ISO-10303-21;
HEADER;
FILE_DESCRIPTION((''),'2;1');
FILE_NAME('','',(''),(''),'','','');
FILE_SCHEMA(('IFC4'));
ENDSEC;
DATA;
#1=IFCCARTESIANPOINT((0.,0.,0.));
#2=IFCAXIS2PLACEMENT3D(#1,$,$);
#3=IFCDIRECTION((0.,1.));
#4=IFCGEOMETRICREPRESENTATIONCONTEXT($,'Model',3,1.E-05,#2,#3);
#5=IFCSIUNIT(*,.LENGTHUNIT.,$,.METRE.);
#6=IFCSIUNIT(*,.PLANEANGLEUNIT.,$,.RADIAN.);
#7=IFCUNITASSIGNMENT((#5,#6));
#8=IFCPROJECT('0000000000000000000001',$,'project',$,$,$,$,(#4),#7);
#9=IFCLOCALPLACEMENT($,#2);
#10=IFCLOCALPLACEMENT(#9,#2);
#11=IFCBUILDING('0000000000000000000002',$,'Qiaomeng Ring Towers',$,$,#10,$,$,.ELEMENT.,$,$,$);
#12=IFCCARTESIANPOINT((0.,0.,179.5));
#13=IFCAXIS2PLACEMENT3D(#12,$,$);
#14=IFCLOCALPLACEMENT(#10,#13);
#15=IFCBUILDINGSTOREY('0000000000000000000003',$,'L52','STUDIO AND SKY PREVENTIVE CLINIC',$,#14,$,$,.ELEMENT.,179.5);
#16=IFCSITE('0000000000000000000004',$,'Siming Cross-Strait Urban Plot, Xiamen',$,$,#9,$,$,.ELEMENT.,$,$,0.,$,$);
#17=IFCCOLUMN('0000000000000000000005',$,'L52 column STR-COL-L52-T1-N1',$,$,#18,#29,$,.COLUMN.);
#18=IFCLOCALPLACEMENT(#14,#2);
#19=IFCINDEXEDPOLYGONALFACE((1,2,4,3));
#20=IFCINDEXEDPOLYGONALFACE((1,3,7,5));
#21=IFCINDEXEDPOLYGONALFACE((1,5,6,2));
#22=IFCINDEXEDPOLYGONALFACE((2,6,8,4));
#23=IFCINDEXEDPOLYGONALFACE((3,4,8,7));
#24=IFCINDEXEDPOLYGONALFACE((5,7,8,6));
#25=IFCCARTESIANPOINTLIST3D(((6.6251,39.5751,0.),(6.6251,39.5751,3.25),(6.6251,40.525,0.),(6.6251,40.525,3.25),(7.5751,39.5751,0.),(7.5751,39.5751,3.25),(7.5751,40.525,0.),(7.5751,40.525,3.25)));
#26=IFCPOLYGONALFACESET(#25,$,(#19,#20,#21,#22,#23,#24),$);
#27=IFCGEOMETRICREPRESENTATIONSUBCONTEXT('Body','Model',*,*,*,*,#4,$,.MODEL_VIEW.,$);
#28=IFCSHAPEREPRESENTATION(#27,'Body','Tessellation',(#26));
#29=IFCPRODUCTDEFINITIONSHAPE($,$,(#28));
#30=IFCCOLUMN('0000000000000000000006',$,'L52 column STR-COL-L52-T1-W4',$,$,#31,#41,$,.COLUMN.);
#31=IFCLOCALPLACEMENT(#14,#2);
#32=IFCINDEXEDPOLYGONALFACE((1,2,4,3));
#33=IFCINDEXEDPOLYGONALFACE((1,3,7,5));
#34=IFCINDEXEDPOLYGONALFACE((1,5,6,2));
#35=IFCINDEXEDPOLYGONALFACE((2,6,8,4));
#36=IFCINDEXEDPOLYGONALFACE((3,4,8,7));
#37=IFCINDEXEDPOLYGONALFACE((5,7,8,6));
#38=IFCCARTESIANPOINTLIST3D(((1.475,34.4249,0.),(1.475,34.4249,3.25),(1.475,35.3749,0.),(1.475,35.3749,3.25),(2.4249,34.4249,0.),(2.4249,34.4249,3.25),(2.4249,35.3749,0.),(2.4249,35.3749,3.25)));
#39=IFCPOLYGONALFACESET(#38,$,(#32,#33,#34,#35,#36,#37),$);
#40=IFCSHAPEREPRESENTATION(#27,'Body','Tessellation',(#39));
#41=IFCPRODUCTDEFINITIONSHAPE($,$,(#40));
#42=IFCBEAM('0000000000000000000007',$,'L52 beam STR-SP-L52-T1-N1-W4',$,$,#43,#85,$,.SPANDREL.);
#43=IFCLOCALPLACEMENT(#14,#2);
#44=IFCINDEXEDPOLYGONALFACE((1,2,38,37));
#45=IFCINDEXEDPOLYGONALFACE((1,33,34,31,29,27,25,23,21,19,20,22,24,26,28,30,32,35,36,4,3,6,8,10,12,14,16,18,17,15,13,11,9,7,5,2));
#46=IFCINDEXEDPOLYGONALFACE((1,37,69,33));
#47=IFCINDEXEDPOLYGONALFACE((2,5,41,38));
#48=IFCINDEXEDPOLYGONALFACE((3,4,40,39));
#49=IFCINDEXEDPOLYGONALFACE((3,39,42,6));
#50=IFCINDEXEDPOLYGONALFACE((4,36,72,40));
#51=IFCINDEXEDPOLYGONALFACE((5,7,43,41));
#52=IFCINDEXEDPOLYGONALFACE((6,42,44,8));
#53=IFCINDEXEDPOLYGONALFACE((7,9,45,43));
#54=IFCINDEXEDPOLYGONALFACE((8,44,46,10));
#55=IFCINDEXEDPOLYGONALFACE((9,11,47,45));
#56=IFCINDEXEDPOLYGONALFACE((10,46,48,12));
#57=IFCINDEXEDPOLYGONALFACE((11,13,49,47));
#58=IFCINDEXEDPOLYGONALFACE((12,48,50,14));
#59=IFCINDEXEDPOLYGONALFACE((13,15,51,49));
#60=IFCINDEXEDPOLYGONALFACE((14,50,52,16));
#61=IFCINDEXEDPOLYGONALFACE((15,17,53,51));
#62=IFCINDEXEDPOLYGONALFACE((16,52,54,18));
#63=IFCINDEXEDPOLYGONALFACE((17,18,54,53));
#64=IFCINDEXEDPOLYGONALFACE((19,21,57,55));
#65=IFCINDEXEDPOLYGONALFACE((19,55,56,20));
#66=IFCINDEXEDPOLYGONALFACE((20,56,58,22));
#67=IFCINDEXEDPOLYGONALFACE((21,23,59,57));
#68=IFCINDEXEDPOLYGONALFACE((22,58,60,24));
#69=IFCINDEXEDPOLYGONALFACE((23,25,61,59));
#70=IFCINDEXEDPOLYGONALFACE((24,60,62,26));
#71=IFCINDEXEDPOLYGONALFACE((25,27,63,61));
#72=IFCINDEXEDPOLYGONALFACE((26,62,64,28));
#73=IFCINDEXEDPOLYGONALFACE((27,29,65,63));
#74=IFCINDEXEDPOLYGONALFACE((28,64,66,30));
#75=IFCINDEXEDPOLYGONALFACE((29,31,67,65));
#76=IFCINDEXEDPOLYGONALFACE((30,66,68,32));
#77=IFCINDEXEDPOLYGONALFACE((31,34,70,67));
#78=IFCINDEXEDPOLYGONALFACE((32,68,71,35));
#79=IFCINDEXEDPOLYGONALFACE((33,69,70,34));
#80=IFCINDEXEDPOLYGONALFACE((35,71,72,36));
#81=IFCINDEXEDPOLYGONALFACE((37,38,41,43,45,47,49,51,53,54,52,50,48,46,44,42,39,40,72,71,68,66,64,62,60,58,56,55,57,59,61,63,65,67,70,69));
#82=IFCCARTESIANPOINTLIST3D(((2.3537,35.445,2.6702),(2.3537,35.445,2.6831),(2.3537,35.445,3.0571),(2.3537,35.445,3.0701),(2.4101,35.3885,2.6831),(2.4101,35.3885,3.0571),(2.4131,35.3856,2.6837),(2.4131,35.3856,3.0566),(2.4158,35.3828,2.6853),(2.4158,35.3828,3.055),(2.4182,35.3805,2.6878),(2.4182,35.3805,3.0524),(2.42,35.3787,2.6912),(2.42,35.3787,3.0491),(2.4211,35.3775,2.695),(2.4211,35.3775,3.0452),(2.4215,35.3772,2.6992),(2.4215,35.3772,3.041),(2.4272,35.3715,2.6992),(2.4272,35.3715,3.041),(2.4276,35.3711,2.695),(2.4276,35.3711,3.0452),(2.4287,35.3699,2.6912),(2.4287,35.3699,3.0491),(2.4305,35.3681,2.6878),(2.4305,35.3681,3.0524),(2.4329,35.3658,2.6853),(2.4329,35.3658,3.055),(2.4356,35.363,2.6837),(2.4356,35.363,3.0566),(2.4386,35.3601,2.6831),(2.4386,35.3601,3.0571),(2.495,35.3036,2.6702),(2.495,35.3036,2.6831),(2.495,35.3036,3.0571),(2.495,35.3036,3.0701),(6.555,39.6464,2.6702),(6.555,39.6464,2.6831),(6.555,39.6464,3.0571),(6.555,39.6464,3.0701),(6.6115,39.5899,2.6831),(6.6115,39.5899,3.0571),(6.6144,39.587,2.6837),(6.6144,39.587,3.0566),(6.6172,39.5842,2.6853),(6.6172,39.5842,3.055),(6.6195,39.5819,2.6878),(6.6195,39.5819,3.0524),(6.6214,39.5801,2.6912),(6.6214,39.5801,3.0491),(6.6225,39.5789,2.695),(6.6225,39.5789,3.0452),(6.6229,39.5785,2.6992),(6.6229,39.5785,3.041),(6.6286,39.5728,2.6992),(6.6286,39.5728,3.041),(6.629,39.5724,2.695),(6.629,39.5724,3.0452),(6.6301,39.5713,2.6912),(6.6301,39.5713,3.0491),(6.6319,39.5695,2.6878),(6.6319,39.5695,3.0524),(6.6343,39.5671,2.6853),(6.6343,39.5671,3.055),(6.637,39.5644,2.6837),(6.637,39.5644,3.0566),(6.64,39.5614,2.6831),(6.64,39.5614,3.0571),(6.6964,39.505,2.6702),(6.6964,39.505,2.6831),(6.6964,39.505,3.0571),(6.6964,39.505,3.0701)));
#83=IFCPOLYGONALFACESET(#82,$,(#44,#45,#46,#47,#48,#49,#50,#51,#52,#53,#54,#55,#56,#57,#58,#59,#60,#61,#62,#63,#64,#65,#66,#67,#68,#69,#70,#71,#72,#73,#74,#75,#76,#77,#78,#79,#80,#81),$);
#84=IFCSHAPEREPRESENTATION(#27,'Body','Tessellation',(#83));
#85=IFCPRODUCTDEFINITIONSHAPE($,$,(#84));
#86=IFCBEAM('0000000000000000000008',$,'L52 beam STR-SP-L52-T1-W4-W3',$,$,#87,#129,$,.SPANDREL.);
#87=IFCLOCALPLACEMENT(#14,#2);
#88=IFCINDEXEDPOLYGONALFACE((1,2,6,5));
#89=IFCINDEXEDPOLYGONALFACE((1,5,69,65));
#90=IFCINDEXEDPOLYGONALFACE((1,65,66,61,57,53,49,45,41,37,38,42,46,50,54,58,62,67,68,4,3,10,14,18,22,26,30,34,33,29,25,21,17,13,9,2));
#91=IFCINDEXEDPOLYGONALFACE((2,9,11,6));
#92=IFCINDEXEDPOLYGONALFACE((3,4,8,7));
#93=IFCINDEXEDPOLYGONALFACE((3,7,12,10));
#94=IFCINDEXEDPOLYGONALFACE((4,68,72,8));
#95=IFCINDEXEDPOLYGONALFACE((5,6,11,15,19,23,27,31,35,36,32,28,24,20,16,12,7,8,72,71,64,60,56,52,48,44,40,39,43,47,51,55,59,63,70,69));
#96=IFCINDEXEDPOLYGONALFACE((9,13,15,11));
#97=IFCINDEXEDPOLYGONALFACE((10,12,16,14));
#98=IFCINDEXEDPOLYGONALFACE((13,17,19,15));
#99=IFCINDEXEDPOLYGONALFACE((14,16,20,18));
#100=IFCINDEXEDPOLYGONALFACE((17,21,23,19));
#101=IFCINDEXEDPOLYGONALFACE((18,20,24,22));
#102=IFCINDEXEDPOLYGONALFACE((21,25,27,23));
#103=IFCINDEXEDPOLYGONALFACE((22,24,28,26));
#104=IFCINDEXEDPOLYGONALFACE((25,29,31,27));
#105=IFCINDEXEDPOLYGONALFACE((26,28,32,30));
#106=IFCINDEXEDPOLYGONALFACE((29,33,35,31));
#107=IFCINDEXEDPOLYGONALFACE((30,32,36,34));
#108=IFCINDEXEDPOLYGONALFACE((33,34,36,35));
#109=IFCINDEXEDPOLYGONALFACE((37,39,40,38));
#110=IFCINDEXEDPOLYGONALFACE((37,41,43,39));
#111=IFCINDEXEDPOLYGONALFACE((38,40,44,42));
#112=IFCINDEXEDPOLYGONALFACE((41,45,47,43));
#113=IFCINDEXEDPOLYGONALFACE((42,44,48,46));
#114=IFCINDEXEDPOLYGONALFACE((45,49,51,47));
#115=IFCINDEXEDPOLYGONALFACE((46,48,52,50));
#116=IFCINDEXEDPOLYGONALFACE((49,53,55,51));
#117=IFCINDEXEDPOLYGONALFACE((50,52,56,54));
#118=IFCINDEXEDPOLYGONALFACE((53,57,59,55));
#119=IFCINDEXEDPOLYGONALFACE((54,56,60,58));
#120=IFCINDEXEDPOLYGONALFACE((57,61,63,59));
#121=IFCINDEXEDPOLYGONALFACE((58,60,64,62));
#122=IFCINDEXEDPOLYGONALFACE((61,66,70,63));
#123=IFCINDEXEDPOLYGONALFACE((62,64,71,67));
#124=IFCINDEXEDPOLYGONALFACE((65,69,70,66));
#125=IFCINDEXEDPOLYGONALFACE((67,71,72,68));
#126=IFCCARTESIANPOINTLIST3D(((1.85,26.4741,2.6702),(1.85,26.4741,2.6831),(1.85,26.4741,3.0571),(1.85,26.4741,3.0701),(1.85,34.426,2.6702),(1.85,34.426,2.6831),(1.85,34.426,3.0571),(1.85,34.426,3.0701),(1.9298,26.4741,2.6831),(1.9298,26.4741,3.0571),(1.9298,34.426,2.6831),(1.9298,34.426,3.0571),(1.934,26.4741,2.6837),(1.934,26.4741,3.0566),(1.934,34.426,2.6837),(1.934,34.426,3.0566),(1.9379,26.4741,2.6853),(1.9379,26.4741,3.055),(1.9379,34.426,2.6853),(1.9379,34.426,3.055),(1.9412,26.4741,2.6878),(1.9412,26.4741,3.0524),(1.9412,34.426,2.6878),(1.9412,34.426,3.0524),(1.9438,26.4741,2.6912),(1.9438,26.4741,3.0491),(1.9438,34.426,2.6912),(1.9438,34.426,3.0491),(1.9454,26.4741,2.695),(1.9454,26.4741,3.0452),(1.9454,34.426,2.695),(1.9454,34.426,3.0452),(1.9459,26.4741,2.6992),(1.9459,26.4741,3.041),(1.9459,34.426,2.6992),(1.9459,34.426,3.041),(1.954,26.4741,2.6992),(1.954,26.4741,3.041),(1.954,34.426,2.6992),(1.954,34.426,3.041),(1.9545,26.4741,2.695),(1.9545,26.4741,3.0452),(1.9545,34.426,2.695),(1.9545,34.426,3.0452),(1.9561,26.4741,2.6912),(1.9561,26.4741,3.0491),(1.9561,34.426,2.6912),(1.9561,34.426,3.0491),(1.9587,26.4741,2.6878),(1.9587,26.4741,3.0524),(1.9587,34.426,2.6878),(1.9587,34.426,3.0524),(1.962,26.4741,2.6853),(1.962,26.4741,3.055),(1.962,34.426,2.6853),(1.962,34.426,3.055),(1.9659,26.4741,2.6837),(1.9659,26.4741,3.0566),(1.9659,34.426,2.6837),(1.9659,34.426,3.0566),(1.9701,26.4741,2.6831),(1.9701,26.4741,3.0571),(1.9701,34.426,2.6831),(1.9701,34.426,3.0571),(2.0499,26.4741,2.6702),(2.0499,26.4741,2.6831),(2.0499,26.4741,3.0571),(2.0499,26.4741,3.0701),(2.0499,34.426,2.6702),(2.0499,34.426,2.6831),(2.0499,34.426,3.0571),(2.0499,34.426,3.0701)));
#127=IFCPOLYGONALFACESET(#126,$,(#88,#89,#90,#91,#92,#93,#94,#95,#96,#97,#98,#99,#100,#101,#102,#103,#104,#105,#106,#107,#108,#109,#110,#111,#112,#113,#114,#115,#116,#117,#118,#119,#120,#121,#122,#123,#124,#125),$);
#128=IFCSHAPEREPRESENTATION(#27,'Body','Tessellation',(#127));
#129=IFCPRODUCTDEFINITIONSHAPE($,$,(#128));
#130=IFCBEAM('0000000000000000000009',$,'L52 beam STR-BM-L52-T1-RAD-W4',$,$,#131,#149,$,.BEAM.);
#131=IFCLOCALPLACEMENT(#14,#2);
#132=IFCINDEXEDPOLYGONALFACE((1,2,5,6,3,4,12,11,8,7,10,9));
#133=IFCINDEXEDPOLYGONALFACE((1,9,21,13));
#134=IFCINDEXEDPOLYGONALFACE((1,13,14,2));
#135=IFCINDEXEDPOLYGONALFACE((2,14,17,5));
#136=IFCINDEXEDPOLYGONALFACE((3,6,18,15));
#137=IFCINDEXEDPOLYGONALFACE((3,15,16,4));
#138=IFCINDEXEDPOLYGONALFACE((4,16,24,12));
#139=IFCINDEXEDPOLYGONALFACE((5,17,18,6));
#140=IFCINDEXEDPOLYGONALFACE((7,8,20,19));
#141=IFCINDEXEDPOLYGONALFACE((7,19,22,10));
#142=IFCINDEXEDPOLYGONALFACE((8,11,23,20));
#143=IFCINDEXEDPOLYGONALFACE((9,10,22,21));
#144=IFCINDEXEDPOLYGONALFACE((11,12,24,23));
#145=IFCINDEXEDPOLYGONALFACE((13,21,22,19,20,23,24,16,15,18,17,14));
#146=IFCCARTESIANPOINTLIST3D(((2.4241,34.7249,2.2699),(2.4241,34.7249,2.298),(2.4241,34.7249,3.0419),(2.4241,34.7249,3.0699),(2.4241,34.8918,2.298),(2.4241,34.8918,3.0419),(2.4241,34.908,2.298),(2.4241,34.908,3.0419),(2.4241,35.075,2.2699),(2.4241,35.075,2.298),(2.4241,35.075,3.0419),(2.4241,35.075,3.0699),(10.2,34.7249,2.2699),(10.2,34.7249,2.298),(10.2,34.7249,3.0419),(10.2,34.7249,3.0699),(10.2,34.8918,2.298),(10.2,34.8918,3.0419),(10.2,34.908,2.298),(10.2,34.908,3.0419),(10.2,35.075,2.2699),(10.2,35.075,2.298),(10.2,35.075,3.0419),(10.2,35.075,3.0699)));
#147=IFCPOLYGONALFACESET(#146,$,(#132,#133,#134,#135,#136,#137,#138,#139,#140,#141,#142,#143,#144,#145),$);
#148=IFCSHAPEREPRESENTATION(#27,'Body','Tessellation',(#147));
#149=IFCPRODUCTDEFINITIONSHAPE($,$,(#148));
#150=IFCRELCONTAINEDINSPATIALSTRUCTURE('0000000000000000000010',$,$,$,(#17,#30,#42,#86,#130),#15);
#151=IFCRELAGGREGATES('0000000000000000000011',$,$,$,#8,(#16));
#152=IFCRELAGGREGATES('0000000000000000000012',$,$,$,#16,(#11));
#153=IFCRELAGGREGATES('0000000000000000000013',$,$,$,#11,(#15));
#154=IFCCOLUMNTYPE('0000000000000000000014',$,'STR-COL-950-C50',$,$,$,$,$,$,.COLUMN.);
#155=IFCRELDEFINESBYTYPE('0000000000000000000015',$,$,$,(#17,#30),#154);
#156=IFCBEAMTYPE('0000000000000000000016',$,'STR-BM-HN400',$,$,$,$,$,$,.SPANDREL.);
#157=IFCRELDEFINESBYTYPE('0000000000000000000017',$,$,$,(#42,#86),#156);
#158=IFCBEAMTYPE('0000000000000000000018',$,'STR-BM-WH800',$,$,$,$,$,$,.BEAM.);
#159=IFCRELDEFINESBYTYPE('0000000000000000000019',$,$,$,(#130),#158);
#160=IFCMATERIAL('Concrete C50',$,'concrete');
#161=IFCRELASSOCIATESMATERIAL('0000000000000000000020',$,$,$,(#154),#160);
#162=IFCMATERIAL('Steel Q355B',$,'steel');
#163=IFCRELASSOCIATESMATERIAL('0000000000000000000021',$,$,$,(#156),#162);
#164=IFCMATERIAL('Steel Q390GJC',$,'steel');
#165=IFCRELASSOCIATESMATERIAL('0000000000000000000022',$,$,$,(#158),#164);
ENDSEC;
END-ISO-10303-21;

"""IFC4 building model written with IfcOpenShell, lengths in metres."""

from ifc_helpers import new_model, si_unit, direction, frame, origin, origin_2d, place, context, subcontext, project, spatial, rectangle, i_section, extrude, source, transform, mapped, material, material_profile, profile_set, type_object, element, save


model = new_model("IFC4")

# Units and contexts
model_context = context("Model", 3, precision=1e-05, world=origin(), true_north=direction((0.0, 1.0)))
body_context = subcontext(model_context, "Body", "Model", "MODEL_VIEW")
ifc_project = project(units=[si_unit("LENGTHUNIT", "METRE"), si_unit("PLANEANGLEUNIT", "RADIAN")], contexts=[model_context])

# Site, building, storey
site_placement = place(None, origin())
site = spatial("IfcSite", under=ifc_project, at=site_placement, Name="Siming Cross-Strait Urban Plot, Xiamen", CompositionType="ELEMENT", RefElevation=0.0)
building_placement = place(site_placement, origin())
building = spatial("IfcBuilding", under=site, at=building_placement, Name="Qiaomeng Ring Towers", CompositionType="ELEMENT")
storey_placement = place(building_placement, frame((0.0, 0.0, 179.5)))
storey = spatial("IfcBuildingStorey", under=building, at=storey_placement, Name="L52", Description="STUDIO AND SKY PREVENTIVE CLINIC", CompositionType="ELEMENT", Elevation=179.5)

# Columns
ifc_material_1 = material(Name="Concrete C50", Category="concrete")
ifc_material_profile_1 = material_profile(ifc_material_1, rectangle(XDim=0.95, YDim=0.95, at=origin_2d()), Name="RC COL 950x950")
ifc_profile_set_1 = profile_set([ifc_material_profile_1], Name="Concrete C50")
column_type = type_object("IfcColumnType", Name="STR-COL-950-C50", PredefinedType="COLUMN", material=ifc_profile_set_1)
shared_shape_1 = source(origin(), body_context, "Body", "SweptSolid", [
    extrude(rectangle(XDim=0.95, YDim=0.95, at=origin_2d()), origin(), (0.0, 0.0, 1.0), 3.25),
])
for number, where, z_axis, x_axis, name in (
    (1, (7.1001, 40.05, 0.0), (0.0, 0.0, 1.0), (1.0, 0.0, 0.0), "L52 column STR-COL-L52-T1-N1"),
    (2, (1.95, 34.8999, 0.0), (0.0, 0.0, 1.0), (1.0, 0.0, 0.0), "L52 column STR-COL-L52-T1-W4"),
):
    element("IfcColumn", number, at=place(storey_placement, frame(where, z_axis=z_axis, x_axis=x_axis)), inside=storey, type_object=column_type, Name=name, PredefinedType="COLUMN", context=body_context, shape_type="MappedRepresentation", body=[
        mapped(shared_shape_1, transform((0.0, 0.0, 0.0), x_axis=(1.0, 0.0, 0.0), y_axis=(0.0, 1.0, 0.0), z_axis=(0.0, 0.0, 1.0), scale=1.0)),
    ])

# Beams
ifc_material_2 = material(Name="Steel Q355B", Category="steel")
ifc_material_profile_2 = material_profile(ifc_material_2, i_section(OverallWidth=0.2, OverallDepth=0.3999, WebThickness=0.0081, FlangeThickness=0.0129, FilletRadius=0.0161, at=origin_2d()), Name="HN 400x200x8x13")
ifc_profile_set_2 = profile_set([ifc_material_profile_2], Name="Steel Q355B")
beam_type_1 = type_object("IfcBeamType", Name="STR-BM-HN400", PredefinedType="SPANDREL", material=ifc_profile_set_2)
shared_shape_2 = source(origin(), body_context, "Body", "SweptSolid", [
    extrude(i_section(OverallWidth=0.2, OverallDepth=0.3999, WebThickness=0.0081, FlangeThickness=0.0129, FilletRadius=0.0161, at=origin_2d()), origin(), (0.0, 0.0, 1.0), 5.9417),
])
beam_1_placement = place(storey_placement, frame((6.6257, 39.5757, 2.8701), z_axis=(-0.707107, -0.707107, 0.0), x_axis=(0.707107, -0.707107, 0.0)))
element("IfcBeam", 3, at=beam_1_placement, inside=storey, type_object=beam_type_1, Name="L52 beam STR-SP-L52-T1-N1-W4", PredefinedType="SPANDREL", context=body_context, shape_type="MappedRepresentation", body=[
    mapped(shared_shape_2, transform((0.0, 0.0, 0.0), x_axis=(1.0, 0.0, 0.0), y_axis=(0.0, 1.0, 0.0), z_axis=(0.0, 0.0, 1.0), scale=1.0)),
])
shared_shape_3 = source(origin(), body_context, "Body", "SweptSolid", [
    extrude(i_section(OverallWidth=0.2, OverallDepth=0.3999, WebThickness=0.0081, FlangeThickness=0.0129, FilletRadius=0.0161, at=origin_2d()), origin(), (0.0, 0.0, 1.0), 7.9519),
])
beam_2_placement = place(storey_placement, frame((1.95, 34.426, 2.8701), z_axis=(0.0, -1.0, 0.0), x_axis=(1.0, 0.0, 0.0)))
element("IfcBeam", 4, at=beam_2_placement, inside=storey, type_object=beam_type_1, Name="L52 beam STR-SP-L52-T1-W4-W3", PredefinedType="SPANDREL", context=body_context, shape_type="MappedRepresentation", body=[
    mapped(shared_shape_3, transform((0.0, 0.0, 0.0), x_axis=(1.0, 0.0, 0.0), y_axis=(0.0, 1.0, 0.0), z_axis=(0.0, 0.0, 1.0), scale=1.0)),
])
ifc_material_3 = material(Name="Steel Q390GJC", Category="steel")
ifc_material_profile_3 = material_profile(ifc_material_3, i_section(OverallWidth=0.3501, OverallDepth=0.8, WebThickness=0.0161, FlangeThickness=0.0281, at=origin_2d()), Name="WH 800x350x16x28")
ifc_profile_set_3 = profile_set([ifc_material_profile_3], Name="Steel Q390GJC")
beam_type_2 = type_object("IfcBeamType", Name="STR-BM-WH800", PredefinedType="BEAM", material=ifc_profile_set_3)
shared_shape_4 = source(origin(), body_context, "Body", "SweptSolid", [
    extrude(i_section(OverallWidth=0.3501, OverallDepth=0.8, WebThickness=0.0161, FlangeThickness=0.0281, at=origin_2d()), origin(), (0.0, 0.0, 1.0), 7.7759),
])
beam_3_placement = place(storey_placement, frame((2.4241, 34.8999, 2.6699), z_axis=(1.0, 0.0, 0.0), x_axis=(0.0, 1.0, 0.0)))
element("IfcBeam", 5, at=beam_3_placement, inside=storey, type_object=beam_type_2, Name="L52 beam STR-BM-L52-T1-RAD-W4", PredefinedType="BEAM", context=body_context, shape_type="MappedRepresentation", body=[
    mapped(shared_shape_4, transform((0.0, 0.0, 0.0), x_axis=(1.0, 0.0, 0.0), y_axis=(0.0, 1.0, 0.0), z_axis=(0.0, 0.0, 1.0), scale=1.0)),
])

save(model, "model.ifc")
